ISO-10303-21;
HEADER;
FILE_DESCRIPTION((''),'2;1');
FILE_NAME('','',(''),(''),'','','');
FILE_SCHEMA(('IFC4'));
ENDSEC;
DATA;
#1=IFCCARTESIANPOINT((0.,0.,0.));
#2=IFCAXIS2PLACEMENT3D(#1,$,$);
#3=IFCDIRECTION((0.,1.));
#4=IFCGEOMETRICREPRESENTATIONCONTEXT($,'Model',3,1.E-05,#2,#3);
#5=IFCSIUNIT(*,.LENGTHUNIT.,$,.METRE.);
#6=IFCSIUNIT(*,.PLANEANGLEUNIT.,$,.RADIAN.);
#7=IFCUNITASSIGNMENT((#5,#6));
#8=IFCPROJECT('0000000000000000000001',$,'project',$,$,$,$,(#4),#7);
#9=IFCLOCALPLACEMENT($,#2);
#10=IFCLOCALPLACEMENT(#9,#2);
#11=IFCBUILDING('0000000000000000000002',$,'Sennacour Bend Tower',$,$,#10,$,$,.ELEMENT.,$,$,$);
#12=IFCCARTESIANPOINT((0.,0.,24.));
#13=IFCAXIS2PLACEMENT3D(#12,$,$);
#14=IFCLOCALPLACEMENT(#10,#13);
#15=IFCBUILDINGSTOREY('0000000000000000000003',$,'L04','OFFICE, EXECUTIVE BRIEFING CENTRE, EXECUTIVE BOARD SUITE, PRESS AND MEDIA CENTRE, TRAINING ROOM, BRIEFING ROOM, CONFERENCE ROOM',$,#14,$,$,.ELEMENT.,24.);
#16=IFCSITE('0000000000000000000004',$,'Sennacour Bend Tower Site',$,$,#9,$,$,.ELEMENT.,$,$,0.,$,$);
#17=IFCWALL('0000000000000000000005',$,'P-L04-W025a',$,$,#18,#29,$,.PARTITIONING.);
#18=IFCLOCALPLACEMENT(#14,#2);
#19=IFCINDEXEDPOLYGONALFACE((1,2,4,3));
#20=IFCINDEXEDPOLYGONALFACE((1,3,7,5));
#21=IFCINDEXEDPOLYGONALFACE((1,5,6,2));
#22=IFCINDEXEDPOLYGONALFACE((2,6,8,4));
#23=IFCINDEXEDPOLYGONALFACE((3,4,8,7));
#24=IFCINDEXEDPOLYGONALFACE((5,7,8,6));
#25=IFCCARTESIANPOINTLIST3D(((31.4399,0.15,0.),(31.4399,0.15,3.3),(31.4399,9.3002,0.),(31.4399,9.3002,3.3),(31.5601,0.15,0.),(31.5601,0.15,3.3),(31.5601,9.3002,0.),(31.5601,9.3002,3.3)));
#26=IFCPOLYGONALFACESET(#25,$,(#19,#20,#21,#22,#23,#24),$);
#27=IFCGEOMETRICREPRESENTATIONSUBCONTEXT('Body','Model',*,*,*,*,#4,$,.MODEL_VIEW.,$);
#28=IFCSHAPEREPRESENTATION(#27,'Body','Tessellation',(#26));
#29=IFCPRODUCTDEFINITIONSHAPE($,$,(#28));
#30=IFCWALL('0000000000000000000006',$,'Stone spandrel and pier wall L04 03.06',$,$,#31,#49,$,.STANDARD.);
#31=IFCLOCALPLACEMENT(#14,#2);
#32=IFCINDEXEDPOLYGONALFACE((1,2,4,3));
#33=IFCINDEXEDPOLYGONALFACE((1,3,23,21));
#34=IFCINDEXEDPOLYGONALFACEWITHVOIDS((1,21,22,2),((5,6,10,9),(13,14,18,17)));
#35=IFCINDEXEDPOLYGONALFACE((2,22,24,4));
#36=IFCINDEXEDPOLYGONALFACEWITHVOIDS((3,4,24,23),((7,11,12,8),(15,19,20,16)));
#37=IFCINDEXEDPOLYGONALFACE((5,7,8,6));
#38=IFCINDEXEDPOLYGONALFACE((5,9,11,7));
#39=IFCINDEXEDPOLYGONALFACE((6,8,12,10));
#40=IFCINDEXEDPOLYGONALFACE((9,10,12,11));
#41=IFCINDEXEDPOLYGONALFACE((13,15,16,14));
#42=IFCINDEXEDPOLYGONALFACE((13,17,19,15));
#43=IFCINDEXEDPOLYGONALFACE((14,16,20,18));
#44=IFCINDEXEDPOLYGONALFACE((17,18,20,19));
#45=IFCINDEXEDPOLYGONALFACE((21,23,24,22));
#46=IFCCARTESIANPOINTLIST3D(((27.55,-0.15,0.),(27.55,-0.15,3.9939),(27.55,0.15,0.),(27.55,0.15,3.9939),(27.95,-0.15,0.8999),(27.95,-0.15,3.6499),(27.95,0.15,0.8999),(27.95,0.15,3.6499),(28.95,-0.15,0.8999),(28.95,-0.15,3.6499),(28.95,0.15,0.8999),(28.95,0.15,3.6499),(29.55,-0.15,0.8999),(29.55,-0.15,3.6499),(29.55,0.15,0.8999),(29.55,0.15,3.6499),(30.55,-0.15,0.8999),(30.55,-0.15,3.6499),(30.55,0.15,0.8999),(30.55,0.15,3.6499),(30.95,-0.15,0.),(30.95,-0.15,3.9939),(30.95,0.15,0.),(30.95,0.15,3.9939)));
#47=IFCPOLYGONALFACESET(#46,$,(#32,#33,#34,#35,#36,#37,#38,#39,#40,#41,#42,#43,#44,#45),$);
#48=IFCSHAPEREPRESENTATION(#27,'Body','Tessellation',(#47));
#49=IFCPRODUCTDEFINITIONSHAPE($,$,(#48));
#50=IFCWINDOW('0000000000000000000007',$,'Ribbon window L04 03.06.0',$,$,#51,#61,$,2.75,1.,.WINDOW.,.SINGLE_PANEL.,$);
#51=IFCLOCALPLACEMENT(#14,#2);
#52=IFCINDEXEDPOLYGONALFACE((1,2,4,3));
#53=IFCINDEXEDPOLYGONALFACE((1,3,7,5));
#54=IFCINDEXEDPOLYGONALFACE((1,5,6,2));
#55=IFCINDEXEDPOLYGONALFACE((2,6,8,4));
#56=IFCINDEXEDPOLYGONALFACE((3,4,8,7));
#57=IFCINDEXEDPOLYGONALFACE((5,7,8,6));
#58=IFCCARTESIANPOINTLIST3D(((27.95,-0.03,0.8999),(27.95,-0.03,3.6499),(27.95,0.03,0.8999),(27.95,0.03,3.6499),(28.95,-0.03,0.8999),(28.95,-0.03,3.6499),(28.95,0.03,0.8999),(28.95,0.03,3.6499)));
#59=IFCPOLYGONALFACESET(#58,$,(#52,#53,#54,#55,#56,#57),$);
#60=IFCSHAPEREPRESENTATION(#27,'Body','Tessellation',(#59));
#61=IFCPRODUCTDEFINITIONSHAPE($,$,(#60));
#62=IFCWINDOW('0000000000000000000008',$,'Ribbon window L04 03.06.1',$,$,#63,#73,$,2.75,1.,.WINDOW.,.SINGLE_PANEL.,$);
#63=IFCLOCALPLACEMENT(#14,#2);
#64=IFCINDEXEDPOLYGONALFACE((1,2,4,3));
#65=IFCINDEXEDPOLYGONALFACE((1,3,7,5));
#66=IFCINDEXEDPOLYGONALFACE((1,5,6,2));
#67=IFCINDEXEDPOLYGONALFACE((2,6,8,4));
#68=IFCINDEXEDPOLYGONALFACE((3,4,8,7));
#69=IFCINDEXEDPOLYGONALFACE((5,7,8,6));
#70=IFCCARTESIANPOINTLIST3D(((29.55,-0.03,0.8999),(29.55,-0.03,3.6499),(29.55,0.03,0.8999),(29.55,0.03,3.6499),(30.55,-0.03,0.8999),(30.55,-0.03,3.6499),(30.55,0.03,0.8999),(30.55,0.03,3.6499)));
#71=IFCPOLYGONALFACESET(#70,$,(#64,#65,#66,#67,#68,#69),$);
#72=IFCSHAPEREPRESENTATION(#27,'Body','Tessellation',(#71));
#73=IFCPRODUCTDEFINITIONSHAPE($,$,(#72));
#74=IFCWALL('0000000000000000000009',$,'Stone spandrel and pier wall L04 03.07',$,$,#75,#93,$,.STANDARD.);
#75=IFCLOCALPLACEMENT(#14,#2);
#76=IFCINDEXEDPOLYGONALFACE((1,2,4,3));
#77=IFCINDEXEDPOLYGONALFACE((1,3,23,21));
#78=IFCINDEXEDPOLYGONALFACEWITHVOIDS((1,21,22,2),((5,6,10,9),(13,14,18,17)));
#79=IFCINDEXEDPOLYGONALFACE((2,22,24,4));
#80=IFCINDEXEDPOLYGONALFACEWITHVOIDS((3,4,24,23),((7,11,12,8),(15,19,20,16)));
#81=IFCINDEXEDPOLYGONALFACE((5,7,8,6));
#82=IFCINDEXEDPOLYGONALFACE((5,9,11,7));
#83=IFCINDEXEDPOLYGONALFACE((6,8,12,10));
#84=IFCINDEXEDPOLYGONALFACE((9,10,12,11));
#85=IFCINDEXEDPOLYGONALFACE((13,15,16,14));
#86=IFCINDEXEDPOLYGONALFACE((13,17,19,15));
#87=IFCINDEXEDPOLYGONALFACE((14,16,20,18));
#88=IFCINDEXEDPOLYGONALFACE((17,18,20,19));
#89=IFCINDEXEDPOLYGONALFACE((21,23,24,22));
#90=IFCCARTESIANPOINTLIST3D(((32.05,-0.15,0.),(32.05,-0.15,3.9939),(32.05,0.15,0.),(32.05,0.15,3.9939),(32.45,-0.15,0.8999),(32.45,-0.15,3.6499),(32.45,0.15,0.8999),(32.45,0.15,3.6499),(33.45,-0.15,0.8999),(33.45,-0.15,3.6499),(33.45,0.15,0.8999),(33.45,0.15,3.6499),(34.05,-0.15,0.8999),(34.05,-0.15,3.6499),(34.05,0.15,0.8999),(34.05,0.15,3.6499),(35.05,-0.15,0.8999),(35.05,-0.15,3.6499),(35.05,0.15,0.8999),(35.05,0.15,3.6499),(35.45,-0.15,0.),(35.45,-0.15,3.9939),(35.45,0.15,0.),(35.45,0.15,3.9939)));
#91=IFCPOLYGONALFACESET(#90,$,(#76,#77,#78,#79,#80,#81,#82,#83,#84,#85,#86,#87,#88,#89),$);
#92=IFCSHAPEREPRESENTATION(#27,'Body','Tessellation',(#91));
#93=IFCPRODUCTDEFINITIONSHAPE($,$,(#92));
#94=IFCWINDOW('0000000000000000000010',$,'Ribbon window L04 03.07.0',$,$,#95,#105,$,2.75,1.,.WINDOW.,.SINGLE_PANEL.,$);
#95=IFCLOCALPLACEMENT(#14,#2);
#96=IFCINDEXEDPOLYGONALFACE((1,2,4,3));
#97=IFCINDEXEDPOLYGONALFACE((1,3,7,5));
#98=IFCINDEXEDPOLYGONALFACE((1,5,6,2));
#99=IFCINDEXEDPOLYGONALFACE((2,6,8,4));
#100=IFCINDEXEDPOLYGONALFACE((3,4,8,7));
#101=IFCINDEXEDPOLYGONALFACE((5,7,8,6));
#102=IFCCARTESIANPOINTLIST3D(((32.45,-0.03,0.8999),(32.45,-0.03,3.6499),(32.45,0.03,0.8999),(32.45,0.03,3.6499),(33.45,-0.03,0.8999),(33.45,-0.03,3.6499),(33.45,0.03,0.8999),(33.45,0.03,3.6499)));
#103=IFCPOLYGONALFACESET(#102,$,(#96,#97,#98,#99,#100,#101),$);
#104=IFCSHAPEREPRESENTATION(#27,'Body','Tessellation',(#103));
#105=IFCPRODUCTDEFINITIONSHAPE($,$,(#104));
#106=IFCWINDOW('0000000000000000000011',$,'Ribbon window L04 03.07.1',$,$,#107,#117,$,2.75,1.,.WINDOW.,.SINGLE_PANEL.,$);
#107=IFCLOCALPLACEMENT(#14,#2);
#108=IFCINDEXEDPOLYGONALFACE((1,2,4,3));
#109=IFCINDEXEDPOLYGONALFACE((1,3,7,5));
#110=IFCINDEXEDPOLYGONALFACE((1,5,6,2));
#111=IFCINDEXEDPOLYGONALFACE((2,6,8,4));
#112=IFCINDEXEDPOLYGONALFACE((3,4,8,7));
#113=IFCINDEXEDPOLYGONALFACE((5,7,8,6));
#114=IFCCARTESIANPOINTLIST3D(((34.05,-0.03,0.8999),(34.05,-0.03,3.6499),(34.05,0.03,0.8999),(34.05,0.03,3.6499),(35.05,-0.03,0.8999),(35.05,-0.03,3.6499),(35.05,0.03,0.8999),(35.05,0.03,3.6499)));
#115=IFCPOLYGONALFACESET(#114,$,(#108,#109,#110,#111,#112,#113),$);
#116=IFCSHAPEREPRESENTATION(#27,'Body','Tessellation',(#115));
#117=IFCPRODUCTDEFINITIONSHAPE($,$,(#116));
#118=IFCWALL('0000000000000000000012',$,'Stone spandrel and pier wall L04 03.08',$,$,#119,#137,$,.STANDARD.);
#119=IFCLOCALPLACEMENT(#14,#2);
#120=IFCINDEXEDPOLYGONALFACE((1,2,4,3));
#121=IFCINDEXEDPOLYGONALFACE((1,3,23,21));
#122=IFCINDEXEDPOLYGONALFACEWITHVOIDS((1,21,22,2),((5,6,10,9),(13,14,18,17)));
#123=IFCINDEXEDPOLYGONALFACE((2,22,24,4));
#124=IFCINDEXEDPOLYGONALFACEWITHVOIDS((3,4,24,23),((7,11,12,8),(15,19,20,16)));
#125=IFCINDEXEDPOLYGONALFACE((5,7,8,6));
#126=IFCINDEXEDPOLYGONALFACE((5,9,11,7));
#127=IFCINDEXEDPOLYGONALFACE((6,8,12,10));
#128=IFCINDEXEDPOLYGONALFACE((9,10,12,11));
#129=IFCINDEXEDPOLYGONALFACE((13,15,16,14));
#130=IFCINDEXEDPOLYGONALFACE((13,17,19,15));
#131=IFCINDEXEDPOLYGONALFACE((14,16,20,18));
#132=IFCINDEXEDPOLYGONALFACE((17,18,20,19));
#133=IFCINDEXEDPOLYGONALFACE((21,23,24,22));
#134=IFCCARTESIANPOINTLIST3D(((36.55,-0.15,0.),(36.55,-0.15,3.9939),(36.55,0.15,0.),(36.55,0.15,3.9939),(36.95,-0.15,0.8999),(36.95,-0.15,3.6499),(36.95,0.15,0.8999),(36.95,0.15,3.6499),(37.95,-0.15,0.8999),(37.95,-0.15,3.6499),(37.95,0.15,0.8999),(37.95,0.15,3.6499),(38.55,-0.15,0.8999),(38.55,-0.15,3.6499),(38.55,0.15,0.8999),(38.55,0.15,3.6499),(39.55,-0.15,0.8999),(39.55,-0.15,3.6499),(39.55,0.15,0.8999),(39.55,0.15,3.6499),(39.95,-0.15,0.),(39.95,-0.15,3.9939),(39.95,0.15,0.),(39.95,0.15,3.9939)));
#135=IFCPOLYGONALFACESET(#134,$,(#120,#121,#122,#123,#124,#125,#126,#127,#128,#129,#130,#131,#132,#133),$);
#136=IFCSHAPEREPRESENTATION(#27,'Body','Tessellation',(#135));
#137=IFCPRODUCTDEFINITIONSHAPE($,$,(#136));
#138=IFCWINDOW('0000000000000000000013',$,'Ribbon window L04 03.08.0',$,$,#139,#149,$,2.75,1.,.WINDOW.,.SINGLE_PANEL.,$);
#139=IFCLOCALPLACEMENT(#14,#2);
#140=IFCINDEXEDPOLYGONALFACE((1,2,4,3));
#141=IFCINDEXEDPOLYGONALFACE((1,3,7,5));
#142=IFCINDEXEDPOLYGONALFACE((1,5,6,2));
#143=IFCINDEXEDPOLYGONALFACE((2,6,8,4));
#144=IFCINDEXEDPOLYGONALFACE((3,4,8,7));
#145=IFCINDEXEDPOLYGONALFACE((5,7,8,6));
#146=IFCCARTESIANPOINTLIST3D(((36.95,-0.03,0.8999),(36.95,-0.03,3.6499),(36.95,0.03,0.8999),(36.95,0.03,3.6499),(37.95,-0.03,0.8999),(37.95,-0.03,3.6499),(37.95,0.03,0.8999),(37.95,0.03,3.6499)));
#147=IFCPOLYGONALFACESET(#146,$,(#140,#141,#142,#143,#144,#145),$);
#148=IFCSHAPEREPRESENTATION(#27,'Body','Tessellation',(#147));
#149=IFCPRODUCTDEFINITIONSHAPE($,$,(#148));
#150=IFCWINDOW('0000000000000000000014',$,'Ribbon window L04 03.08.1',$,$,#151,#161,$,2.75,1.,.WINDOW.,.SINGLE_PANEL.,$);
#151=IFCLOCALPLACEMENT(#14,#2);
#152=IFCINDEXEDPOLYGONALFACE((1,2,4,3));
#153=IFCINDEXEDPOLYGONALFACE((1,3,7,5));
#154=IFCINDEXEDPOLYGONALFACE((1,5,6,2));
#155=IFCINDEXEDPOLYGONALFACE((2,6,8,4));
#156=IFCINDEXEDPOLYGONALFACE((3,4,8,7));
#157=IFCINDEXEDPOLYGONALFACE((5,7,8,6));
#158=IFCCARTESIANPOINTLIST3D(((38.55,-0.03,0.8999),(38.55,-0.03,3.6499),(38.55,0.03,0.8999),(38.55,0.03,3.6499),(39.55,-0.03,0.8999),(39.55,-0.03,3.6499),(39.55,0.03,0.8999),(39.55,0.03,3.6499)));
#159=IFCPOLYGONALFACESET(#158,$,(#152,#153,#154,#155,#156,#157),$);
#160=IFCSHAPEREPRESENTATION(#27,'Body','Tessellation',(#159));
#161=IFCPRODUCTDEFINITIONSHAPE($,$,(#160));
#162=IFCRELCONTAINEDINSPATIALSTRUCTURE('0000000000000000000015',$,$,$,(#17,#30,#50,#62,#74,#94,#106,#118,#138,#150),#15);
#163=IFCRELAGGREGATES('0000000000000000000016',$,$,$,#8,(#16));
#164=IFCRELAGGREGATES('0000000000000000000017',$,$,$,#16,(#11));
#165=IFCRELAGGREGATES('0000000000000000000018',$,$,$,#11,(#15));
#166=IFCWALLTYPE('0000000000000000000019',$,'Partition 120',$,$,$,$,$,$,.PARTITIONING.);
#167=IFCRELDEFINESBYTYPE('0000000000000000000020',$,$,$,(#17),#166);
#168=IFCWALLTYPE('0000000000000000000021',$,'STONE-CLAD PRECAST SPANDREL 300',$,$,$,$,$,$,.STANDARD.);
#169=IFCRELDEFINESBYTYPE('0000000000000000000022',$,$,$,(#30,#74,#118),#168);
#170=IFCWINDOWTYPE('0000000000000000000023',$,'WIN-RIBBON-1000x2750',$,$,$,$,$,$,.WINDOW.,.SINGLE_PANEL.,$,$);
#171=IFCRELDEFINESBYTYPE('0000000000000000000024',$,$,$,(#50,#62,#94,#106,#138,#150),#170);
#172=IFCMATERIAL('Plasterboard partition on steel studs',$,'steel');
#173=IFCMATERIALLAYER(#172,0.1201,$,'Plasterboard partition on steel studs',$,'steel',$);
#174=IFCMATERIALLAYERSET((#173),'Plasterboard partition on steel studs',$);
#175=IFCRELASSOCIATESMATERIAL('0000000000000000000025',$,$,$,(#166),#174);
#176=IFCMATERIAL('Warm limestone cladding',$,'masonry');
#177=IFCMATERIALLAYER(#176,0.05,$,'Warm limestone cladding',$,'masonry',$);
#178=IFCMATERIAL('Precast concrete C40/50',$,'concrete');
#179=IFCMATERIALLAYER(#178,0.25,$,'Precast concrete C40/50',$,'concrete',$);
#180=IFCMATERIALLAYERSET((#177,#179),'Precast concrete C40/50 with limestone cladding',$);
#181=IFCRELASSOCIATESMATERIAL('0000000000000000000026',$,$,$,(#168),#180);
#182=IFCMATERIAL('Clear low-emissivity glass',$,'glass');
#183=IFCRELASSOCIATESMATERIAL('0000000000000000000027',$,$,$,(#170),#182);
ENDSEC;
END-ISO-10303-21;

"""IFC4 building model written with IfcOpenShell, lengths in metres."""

from ifc_helpers import new_model, si_unit, direction, frame, frame_2d, origin, place, context, subcontext, project, spatial, rectangle, extrude, material, layer, layer_set, type_object, element, fill, save


model = new_model("IFC4")

# Units and contexts
model_context = context("Model", 3, precision=1e-05, world=origin(), true_north=direction((0.0, 1.0)))
body_context = subcontext(model_context, "Body", "Model", "MODEL_VIEW")
ifc_project = project(units=[si_unit("LENGTHUNIT", "METRE"), si_unit("PLANEANGLEUNIT", "RADIAN")], contexts=[model_context])

# Site, building, storey
site_placement = place(None, origin())
site = spatial("IfcSite", under=ifc_project, at=site_placement, Name="Sennacour Bend Tower Site", CompositionType="ELEMENT", RefElevation=0.0)
building_placement = place(site_placement, origin())
building = spatial("IfcBuilding", under=site, at=building_placement, Name="Sennacour Bend Tower", CompositionType="ELEMENT")
storey_placement = place(building_placement, frame((0.0, 0.0, 24.0)))
storey = spatial("IfcBuildingStorey", under=building, at=storey_placement, Name="L04", Description="OFFICE, EXECUTIVE BRIEFING CENTRE, EXECUTIVE BOARD SUITE, PRESS AND MEDIA CENTRE, TRAINING ROOM, BRIEFING ROOM, CONFERENCE ROOM", CompositionType="ELEMENT", Elevation=24.0)

# Wall
ifc_material_1 = material(Name="Plasterboard partition on steel studs", Category="steel")
ifc_layer_1 = layer(ifc_material_1, 0.1201, Name="Plasterboard partition on steel studs", Category="steel")
ifc_layer_set_1 = layer_set([ifc_layer_1], Name="Plasterboard partition on steel studs")
wall_type_1 = type_object("IfcWallType", Name="Partition 120", PredefinedType="PARTITIONING", material=ifc_layer_set_1)
wall_1_placement = place(storey_placement, frame((31.5, 0.1499, 0.0), z_axis=(0.0, 0.0, 1.0), x_axis=(0.0, 1.0, 0.0)))
element("IfcWall", 1, at=wall_1_placement, inside=storey, type_object=wall_type_1, Name="P-L04-W025a", PredefinedType="PARTITIONING", context=body_context, shape_type="SweptSolid", body=[
    extrude(rectangle(XDim=9.1501, YDim=0.1201, at=frame_2d((4.5752, 0.0))), origin(), (0.0, 0.0, 1.0), 3.3),
])

# Walls, openings, windows
ifc_material_2 = material(Name="Warm limestone cladding", Category="masonry")
ifc_layer_2 = layer(ifc_material_2, 0.05, Name="Warm limestone cladding", Category="masonry")
ifc_material_3 = material(Name="Precast concrete C40/50", Category="concrete")
ifc_layer_3 = layer(ifc_material_3, 0.25, Name="Precast concrete C40/50", Category="concrete")
ifc_layer_set_2 = layer_set([ifc_layer_2, ifc_layer_3], Name="Precast concrete C40/50 with limestone cladding")
wall_type_2 = type_object("IfcWallType", Name="STONE-CLAD PRECAST SPANDREL 300", PredefinedType="STANDARD", material=ifc_layer_set_2)
wall_2_placement = place(storey_placement, frame((27.55, 0.0, 0.0), z_axis=(0.0, 0.0, 1.0), x_axis=(1.0, 0.0, 0.0)))
wall_2 = element("IfcWall", 2, at=wall_2_placement, inside=storey, type_object=wall_type_2, Name="Stone spandrel and pier wall L04 03.06", PredefinedType="STANDARD", context=body_context, shape_type="SweptSolid", body=[
    extrude(rectangle(XDim=3.3999, YDim=0.3, at=frame_2d((1.7, 0.0))), origin(), (0.0, 0.0, 1.0), 3.9939),
])
opening_1_placement = place(wall_2_placement, frame((0.3999, 0.0, 0.8999)))
opening_1 = element("IfcOpeningElement", 3, at=opening_1_placement, cuts=wall_2, PredefinedType="OPENING", context=body_context, shape_type="SweptSolid", body=[
    extrude(rectangle(XDim=1.0, YDim=2.75, at=frame_2d((0.5, 1.375))), frame((0.0, 0.1602, 0.0), z_axis=(0.0, -1.0, 0.0), x_axis=(1.0, 0.0, 0.0)), (0.0, 0.0, 1.0), 0.3201),
])
opening_2_placement = place(wall_2_placement, frame((2.0, 0.0, 0.8999)))
opening_2 = element("IfcOpeningElement", 4, at=opening_2_placement, cuts=wall_2, PredefinedType="OPENING", context=body_context, shape_type="SweptSolid", body=[
    extrude(rectangle(XDim=1.0, YDim=2.75, at=frame_2d((0.5, 1.375))), frame((0.0, 0.1602, 0.0), z_axis=(0.0, -1.0, 0.0), x_axis=(1.0, 0.0, 0.0)), (0.0, 0.0, 1.0), 0.3201),
])
ifc_material_4 = material(Name="Clear low-emissivity glass", Category="glass")
window_type = type_object("IfcWindowType", Name="WIN-RIBBON-1000x2750", PartitioningType="SINGLE_PANEL", PredefinedType="WINDOW", material=ifc_material_4)
window_1_placement = place(opening_1_placement, origin())
window_1 = element("IfcWindow", 5, at=window_1_placement, inside=storey, type_object=window_type, Name="Ribbon window L04 03.06.0", OverallHeight=2.75, OverallWidth=1.0, PartitioningType="SINGLE_PANEL", PredefinedType="WINDOW", context=body_context, shape_type="SweptSolid", body=[
    extrude(rectangle(XDim=1.0, YDim=2.75, at=frame_2d((0.5, 1.375))), frame((0.0, 0.03, 0.0), z_axis=(0.0, -1.0, 0.0), x_axis=(1.0, 0.0, 0.0)), (0.0, 0.0, 1.0), 0.0601),
])
fill(opening_1, window_1)
window_2_placement = place(opening_2_placement, origin())
window_2 = element("IfcWindow", 6, at=window_2_placement, inside=storey, type_object=window_type, Name="Ribbon window L04 03.06.1", OverallHeight=2.75, OverallWidth=1.0, PartitioningType="SINGLE_PANEL", PredefinedType="WINDOW", context=body_context, shape_type="SweptSolid", body=[
    extrude(rectangle(XDim=1.0, YDim=2.75, at=frame_2d((0.5, 1.375))), frame((0.0, 0.03, 0.0), z_axis=(0.0, -1.0, 0.0), x_axis=(1.0, 0.0, 0.0)), (0.0, 0.0, 1.0), 0.0601),
])
fill(opening_2, window_2)
wall_3_placement = place(storey_placement, frame((32.05, 0.0, 0.0), z_axis=(0.0, 0.0, 1.0), x_axis=(1.0, 0.0, 0.0)))
wall_3 = element("IfcWall", 7, at=wall_3_placement, inside=storey, type_object=wall_type_2, Name="Stone spandrel and pier wall L04 03.07", PredefinedType="STANDARD", context=body_context, shape_type="SweptSolid", body=[
    extrude(rectangle(XDim=3.3999, YDim=0.3, at=frame_2d((1.7, 0.0))), origin(), (0.0, 0.0, 1.0), 3.9939),
])
opening_3_placement = place(wall_3_placement, frame((0.3999, 0.0, 0.8999)))
opening_3 = element("IfcOpeningElement", 8, at=opening_3_placement, cuts=wall_3, PredefinedType="OPENING", context=body_context, shape_type="SweptSolid", body=[
    extrude(rectangle(XDim=1.0, YDim=2.75, at=frame_2d((0.5, 1.375))), frame((0.0, 0.1602, 0.0), z_axis=(0.0, -1.0, 0.0), x_axis=(1.0, 0.0, 0.0)), (0.0, 0.0, 1.0), 0.3201),
])
opening_4_placement = place(wall_3_placement, frame((2.0, 0.0, 0.8999)))
opening_4 = element("IfcOpeningElement", 9, at=opening_4_placement, cuts=wall_3, PredefinedType="OPENING", context=body_context, shape_type="SweptSolid", body=[
    extrude(rectangle(XDim=1.0, YDim=2.75, at=frame_2d((0.5, 1.375))), frame((0.0, 0.1602, 0.0), z_axis=(0.0, -1.0, 0.0), x_axis=(1.0, 0.0, 0.0)), (0.0, 0.0, 1.0), 0.3201),
])
window_3_placement = place(opening_3_placement, origin())
window_3 = element("IfcWindow", 10, at=window_3_placement, inside=storey, type_object=window_type, Name="Ribbon window L04 03.07.0", OverallHeight=2.75, OverallWidth=1.0, PartitioningType="SINGLE_PANEL", PredefinedType="WINDOW", context=body_context, shape_type="SweptSolid", body=[
    extrude(rectangle(XDim=1.0, YDim=2.75, at=frame_2d((0.5, 1.375))), frame((0.0, 0.03, 0.0), z_axis=(0.0, -1.0, 0.0), x_axis=(1.0, 0.0, 0.0)), (0.0, 0.0, 1.0), 0.0601),
])
fill(opening_3, window_3)
window_4_placement = place(opening_4_placement, origin())
window_4 = element("IfcWindow", 11, at=window_4_placement, inside=storey, type_object=window_type, Name="Ribbon window L04 03.07.1", OverallHeight=2.75, OverallWidth=1.0, PartitioningType="SINGLE_PANEL", PredefinedType="WINDOW", context=body_context, shape_type="SweptSolid", body=[
    extrude(rectangle(XDim=1.0, YDim=2.75, at=frame_2d((0.5, 1.375))), frame((0.0, 0.03, 0.0), z_axis=(0.0, -1.0, 0.0), x_axis=(1.0, 0.0, 0.0)), (0.0, 0.0, 1.0), 0.0601),
])
fill(opening_4, window_4)
wall_4_placement = place(storey_placement, frame((36.55, 0.0, 0.0), z_axis=(0.0, 0.0, 1.0), x_axis=(1.0, 0.0, 0.0)))
wall_4 = element("IfcWall", 12, at=wall_4_placement, inside=storey, type_object=wall_type_2, Name="Stone spandrel and pier wall L04 03.08", PredefinedType="STANDARD", context=body_context, shape_type="SweptSolid", body=[
    extrude(rectangle(XDim=3.3999, YDim=0.3, at=frame_2d((1.7, 0.0))), origin(), (0.0, 0.0, 1.0), 3.9939),
])
opening_5_placement = place(wall_4_placement, frame((0.3999, 0.0, 0.8999)))
opening_5 = element("IfcOpeningElement", 13, at=opening_5_placement, cuts=wall_4, PredefinedType="OPENING", context=body_context, shape_type="SweptSolid", body=[
    extrude(rectangle(XDim=1.0, YDim=2.75, at=frame_2d((0.5, 1.375))), frame((0.0, 0.1602, 0.0), z_axis=(0.0, -1.0, 0.0), x_axis=(1.0, 0.0, 0.0)), (0.0, 0.0, 1.0), 0.3201),
])
opening_6_placement = place(wall_4_placement, frame((2.0, 0.0, 0.8999)))
opening_6 = element("IfcOpeningElement", 14, at=opening_6_placement, cuts=wall_4, PredefinedType="OPENING", context=body_context, shape_type="SweptSolid", body=[
    extrude(rectangle(XDim=1.0, YDim=2.75, at=frame_2d((0.5, 1.375))), frame((0.0, 0.1602, 0.0), z_axis=(0.0, -1.0, 0.0), x_axis=(1.0, 0.0, 0.0)), (0.0, 0.0, 1.0), 0.3201),
])
window_5_placement = place(opening_5_placement, origin())
window_5 = element("IfcWindow", 15, at=window_5_placement, inside=storey, type_object=window_type, Name="Ribbon window L04 03.08.0", OverallHeight=2.75, OverallWidth=1.0, PartitioningType="SINGLE_PANEL", PredefinedType="WINDOW", context=body_context, shape_type="SweptSolid", body=[
    extrude(rectangle(XDim=1.0, YDim=2.75, at=frame_2d((0.5, 1.375))), frame((0.0, 0.03, 0.0), z_axis=(0.0, -1.0, 0.0), x_axis=(1.0, 0.0, 0.0)), (0.0, 0.0, 1.0), 0.0601),
])
fill(opening_5, window_5)
window_6_placement = place(opening_6_placement, origin())
window_6 = element("IfcWindow", 16, at=window_6_placement, inside=storey, type_object=window_type, Name="Ribbon window L04 03.08.1", OverallHeight=2.75, OverallWidth=1.0, PartitioningType="SINGLE_PANEL", PredefinedType="WINDOW", context=body_context, shape_type="SweptSolid", body=[
    extrude(rectangle(XDim=1.0, YDim=2.75, at=frame_2d((0.5, 1.375))), frame((0.0, 0.03, 0.0), z_axis=(0.0, -1.0, 0.0), x_axis=(1.0, 0.0, 0.0)), (0.0, 0.0, 1.0), 0.0601),
])
fill(opening_6, window_6)

save(model, "model.ifc")
